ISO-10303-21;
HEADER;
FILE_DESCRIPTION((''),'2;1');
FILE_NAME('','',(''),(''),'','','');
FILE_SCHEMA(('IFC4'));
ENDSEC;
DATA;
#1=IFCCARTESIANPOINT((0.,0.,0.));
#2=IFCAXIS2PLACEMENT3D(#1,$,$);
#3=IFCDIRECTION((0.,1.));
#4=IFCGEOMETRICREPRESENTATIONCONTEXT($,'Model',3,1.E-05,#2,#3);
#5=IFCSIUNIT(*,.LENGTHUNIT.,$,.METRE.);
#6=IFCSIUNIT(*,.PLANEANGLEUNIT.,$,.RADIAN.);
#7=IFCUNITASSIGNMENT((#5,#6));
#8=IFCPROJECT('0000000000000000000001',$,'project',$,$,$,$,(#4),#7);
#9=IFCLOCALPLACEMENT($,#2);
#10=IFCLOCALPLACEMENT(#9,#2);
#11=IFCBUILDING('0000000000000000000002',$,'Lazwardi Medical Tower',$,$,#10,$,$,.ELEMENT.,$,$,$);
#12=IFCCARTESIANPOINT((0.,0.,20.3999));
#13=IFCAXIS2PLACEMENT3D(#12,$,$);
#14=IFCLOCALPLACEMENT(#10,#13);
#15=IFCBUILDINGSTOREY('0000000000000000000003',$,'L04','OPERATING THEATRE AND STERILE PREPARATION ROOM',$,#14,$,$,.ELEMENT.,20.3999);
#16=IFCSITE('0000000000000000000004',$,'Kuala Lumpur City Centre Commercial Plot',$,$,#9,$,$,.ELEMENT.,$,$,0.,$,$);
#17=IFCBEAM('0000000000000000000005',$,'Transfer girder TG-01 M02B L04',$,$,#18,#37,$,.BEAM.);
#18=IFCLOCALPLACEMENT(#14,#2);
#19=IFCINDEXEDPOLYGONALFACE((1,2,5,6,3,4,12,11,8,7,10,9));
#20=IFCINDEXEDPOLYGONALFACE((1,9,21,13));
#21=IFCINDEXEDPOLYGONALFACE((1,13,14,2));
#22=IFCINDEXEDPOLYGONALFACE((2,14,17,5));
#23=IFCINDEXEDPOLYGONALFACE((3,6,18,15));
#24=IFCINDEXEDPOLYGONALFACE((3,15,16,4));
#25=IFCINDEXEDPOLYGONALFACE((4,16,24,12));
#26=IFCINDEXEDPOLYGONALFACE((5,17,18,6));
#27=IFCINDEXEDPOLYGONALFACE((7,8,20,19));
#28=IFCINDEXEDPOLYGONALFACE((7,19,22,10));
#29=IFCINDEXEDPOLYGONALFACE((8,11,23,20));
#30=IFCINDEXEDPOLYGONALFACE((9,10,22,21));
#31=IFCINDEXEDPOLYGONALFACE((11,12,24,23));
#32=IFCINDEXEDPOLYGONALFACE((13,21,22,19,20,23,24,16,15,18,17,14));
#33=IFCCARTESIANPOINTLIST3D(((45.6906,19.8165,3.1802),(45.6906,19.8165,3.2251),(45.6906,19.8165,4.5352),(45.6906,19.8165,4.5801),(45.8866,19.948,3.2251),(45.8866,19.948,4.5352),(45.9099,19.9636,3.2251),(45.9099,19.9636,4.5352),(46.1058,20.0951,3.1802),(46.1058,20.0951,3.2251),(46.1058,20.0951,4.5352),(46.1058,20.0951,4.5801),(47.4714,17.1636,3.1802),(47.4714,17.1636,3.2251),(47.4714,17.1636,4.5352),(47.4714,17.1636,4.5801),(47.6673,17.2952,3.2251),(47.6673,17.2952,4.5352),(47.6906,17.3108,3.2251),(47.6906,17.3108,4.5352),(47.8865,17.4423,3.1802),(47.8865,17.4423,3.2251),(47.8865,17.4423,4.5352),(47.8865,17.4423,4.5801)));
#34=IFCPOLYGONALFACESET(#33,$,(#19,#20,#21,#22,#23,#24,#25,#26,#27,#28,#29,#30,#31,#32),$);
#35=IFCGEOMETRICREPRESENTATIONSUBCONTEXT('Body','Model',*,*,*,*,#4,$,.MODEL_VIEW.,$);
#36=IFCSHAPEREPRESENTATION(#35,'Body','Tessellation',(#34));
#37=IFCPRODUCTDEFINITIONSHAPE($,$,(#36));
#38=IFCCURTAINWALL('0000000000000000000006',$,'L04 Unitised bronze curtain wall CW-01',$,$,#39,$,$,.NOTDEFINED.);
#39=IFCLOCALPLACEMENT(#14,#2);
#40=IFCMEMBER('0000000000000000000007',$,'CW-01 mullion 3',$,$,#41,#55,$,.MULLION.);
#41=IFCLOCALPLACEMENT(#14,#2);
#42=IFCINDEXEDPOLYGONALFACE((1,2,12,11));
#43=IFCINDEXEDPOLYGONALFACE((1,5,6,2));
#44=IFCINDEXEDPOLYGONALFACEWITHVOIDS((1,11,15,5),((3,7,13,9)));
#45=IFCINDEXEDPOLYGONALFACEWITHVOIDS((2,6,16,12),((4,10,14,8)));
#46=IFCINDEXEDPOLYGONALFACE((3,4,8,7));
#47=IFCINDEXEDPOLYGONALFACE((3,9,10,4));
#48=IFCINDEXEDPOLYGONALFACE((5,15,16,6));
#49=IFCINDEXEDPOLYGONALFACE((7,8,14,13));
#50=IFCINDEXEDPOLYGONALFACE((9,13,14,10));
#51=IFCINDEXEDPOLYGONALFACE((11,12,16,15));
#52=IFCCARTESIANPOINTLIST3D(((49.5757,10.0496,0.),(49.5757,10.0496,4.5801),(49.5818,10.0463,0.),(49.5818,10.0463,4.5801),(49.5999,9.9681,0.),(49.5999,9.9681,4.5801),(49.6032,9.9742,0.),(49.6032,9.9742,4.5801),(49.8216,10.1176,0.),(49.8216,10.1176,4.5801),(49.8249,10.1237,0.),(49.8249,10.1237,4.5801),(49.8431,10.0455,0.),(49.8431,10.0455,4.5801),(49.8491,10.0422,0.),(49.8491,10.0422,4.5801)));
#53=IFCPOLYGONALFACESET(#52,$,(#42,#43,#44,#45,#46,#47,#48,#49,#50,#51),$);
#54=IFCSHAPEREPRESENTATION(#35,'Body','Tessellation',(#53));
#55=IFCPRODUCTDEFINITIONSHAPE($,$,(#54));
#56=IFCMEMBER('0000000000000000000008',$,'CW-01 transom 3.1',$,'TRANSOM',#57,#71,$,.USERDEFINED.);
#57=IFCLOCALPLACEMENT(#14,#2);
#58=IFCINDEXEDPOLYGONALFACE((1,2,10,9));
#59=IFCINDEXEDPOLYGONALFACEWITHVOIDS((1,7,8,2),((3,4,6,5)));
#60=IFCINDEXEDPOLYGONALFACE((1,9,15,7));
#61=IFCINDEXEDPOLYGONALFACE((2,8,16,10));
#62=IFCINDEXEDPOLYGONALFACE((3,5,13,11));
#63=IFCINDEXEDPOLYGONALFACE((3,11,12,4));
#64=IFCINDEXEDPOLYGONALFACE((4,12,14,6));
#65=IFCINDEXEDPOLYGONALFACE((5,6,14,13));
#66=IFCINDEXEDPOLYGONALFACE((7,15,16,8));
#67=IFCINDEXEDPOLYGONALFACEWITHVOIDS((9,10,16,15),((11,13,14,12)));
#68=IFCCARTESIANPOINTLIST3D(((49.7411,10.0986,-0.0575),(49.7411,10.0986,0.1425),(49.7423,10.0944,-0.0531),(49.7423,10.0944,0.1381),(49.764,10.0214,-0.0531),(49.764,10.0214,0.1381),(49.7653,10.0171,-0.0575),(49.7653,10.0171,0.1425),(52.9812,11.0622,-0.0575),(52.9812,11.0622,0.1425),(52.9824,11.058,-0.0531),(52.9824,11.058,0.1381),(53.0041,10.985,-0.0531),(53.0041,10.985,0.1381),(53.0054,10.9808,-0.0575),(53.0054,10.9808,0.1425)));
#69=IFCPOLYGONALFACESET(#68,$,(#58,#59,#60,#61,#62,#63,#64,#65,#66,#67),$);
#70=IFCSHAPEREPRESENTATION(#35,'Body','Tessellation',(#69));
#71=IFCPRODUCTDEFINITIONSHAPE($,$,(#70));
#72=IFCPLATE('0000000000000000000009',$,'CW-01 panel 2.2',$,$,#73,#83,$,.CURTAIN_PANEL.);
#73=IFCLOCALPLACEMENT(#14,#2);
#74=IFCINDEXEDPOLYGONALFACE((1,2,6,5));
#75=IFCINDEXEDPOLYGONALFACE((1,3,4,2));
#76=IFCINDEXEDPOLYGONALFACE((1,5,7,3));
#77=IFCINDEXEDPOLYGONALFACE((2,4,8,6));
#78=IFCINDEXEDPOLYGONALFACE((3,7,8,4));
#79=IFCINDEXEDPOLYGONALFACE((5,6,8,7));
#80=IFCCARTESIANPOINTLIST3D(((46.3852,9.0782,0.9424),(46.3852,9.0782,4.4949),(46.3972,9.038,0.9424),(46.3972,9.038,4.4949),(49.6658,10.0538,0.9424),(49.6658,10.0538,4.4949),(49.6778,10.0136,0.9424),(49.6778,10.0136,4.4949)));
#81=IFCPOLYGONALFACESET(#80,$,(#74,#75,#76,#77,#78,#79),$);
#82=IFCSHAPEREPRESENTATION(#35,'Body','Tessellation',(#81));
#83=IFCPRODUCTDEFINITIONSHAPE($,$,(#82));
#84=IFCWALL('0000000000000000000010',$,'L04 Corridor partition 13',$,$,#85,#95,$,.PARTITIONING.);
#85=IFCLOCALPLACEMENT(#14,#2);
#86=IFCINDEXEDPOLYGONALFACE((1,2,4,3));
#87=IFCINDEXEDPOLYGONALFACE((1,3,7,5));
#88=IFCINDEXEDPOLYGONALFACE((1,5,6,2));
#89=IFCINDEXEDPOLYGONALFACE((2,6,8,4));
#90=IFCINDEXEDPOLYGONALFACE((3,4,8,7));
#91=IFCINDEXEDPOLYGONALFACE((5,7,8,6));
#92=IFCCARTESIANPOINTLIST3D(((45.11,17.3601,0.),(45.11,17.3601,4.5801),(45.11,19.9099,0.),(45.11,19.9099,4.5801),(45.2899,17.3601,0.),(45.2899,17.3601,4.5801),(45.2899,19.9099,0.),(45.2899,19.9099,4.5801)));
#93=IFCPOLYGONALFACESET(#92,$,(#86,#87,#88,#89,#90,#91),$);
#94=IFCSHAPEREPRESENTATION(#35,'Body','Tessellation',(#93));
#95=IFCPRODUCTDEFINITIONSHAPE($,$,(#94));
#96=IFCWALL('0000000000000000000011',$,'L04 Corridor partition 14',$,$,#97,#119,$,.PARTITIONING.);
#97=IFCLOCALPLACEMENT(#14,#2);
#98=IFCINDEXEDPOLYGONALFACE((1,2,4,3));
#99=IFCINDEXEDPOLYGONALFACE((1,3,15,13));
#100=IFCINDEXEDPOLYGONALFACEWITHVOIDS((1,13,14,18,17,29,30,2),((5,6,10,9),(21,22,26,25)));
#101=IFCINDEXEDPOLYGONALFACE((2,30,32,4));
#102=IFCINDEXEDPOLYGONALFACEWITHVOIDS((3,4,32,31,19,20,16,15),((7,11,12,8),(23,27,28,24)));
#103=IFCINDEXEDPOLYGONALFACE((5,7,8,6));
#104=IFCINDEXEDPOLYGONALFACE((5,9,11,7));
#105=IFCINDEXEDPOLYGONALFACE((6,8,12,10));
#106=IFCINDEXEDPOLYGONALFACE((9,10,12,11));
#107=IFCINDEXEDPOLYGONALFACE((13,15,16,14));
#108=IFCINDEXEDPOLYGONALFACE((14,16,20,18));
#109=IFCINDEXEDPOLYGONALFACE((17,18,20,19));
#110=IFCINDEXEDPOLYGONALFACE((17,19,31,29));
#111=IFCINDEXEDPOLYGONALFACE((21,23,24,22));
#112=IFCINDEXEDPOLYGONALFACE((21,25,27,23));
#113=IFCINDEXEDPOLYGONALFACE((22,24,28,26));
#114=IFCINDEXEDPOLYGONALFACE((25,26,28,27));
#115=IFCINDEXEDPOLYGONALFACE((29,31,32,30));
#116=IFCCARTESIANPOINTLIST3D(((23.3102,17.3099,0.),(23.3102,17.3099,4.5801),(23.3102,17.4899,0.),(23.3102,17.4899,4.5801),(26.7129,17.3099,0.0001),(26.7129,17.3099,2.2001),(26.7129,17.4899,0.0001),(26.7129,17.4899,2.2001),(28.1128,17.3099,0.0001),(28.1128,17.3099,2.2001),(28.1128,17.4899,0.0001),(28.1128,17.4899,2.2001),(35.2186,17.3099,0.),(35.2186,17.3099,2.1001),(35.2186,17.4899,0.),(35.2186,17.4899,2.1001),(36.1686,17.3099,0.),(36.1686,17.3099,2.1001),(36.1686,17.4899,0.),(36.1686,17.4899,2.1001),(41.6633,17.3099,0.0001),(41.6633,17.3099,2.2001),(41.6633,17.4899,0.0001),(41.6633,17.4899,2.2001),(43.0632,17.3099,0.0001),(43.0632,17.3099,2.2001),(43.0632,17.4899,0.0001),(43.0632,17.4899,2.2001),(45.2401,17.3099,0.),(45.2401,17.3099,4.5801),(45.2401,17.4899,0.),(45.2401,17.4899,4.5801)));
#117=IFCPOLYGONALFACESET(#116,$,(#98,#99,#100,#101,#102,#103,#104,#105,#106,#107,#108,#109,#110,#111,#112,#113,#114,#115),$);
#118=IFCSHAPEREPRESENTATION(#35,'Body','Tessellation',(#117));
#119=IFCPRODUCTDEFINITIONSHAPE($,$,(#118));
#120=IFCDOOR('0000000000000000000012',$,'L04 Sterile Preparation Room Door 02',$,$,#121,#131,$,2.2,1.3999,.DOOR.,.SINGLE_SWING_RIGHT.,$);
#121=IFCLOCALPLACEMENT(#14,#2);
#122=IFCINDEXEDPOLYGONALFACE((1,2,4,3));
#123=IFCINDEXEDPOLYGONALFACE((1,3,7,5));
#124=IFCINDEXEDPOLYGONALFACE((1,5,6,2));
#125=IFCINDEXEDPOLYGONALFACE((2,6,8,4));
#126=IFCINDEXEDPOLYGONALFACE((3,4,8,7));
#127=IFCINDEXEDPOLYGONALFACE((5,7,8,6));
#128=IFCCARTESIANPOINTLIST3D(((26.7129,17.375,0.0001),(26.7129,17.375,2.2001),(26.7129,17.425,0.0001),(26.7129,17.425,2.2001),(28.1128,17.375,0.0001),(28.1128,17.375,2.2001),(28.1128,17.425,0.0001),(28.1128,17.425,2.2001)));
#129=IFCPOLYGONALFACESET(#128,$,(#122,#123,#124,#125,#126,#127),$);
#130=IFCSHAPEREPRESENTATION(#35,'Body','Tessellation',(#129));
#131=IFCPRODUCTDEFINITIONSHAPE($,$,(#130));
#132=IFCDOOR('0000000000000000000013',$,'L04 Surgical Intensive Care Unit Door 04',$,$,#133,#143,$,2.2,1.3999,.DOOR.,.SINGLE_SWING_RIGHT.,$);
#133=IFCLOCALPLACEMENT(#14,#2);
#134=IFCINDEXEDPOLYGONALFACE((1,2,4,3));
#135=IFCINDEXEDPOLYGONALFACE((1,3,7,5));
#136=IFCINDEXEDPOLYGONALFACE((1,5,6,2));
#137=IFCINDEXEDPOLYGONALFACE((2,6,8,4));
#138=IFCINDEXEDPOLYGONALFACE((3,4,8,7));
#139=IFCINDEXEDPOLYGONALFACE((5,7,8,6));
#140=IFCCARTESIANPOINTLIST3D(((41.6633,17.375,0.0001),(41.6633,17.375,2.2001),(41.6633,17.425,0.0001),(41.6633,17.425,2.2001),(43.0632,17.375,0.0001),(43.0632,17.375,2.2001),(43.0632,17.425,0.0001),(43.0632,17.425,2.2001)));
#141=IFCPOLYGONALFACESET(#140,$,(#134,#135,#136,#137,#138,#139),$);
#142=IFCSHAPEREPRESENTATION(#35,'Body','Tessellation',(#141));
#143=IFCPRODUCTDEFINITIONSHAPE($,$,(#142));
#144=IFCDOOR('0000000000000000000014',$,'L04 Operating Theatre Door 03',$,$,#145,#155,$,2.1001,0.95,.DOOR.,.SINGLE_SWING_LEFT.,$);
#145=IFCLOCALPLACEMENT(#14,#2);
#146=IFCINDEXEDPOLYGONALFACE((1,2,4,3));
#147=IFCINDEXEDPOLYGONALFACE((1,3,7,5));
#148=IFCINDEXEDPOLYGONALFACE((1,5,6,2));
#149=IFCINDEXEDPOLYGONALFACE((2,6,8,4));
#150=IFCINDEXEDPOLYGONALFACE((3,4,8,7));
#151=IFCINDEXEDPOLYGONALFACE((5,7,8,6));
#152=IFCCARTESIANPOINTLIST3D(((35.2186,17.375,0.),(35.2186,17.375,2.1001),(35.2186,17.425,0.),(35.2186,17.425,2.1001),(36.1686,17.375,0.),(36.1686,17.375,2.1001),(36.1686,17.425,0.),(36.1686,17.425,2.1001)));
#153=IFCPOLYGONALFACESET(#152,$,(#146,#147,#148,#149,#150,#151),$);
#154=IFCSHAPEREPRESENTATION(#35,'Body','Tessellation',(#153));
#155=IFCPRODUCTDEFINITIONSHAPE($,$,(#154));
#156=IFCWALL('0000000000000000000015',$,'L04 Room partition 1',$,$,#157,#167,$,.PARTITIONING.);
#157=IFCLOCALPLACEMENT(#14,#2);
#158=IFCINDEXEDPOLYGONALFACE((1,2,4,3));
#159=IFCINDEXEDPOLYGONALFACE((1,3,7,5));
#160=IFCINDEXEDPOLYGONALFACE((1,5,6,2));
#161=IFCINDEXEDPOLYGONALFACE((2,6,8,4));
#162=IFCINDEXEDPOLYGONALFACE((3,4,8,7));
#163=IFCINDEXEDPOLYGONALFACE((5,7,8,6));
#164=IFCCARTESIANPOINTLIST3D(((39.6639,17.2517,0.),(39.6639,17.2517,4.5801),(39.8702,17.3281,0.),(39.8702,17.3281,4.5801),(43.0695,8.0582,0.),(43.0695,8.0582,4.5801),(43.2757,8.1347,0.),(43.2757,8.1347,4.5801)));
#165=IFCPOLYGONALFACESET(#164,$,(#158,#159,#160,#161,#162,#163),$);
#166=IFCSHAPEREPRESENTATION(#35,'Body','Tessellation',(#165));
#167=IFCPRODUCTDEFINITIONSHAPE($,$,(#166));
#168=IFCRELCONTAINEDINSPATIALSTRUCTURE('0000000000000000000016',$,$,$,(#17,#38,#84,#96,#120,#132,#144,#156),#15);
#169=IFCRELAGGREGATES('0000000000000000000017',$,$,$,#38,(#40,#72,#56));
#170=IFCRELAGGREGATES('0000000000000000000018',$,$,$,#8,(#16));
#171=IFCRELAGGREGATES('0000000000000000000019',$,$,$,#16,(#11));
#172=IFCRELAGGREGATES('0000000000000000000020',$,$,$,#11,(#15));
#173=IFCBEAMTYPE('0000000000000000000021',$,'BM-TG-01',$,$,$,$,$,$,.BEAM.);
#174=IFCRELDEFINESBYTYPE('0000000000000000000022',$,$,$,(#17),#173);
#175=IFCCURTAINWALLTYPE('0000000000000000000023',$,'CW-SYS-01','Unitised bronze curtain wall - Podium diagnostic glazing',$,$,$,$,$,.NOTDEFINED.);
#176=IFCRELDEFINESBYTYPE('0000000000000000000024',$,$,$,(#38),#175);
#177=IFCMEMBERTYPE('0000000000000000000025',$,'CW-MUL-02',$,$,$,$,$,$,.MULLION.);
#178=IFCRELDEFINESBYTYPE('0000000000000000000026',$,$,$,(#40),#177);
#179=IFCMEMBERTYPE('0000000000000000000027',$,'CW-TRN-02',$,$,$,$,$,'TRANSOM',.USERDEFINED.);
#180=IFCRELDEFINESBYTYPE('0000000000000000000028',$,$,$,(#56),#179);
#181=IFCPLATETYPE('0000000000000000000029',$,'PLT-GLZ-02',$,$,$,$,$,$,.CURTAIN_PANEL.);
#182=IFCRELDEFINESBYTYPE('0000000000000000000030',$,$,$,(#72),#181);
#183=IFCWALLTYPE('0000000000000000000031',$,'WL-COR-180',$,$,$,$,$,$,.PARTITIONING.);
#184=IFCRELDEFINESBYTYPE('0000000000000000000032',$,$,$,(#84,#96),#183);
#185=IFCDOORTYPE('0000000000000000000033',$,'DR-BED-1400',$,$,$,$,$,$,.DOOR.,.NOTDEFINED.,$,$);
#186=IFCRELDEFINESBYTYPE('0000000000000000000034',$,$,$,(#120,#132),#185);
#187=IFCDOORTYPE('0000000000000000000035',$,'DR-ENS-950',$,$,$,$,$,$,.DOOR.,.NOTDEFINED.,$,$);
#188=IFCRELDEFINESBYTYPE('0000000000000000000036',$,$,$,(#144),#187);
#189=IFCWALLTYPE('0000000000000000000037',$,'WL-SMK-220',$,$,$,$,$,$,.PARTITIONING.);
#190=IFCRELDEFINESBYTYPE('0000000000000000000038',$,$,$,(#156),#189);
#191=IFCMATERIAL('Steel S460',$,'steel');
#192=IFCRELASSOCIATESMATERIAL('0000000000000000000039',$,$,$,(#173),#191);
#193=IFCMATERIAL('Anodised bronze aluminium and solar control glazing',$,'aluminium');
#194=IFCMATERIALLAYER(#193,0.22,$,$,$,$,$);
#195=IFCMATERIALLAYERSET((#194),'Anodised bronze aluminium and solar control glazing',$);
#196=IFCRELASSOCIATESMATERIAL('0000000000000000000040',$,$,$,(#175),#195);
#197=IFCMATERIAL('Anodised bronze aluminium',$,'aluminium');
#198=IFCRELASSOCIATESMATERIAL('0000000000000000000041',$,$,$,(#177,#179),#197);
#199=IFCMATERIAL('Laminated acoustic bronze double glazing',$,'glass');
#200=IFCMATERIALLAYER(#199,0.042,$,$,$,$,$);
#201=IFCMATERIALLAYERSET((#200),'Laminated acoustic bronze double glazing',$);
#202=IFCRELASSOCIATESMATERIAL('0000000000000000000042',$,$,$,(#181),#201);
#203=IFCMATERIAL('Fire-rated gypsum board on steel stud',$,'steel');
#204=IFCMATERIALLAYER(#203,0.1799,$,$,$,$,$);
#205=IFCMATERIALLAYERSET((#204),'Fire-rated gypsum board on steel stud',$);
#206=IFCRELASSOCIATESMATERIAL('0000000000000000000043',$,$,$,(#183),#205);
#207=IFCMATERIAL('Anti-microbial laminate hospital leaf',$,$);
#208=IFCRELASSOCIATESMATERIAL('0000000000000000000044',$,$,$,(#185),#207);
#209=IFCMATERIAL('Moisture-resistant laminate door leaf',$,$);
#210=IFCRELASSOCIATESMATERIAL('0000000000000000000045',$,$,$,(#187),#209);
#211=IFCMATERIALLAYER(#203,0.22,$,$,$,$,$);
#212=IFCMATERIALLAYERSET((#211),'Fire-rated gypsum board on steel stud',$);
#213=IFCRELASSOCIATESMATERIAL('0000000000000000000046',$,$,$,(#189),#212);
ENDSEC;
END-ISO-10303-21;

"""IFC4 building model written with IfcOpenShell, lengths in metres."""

from ifc_helpers import new_model, si_unit, direction, frame, frame_2d, origin, origin_2d, place, context, subcontext, project, spatial, rectangle, hollow_rectangle, i_section, extrude, material, layer, layer_set, material_profile, profile_set, type_object, element, fill, aggregate, save


model = new_model("IFC4")

# Units and contexts
model_context = context("Model", 3, precision=1e-05, world=origin(), true_north=direction((0.0, 1.0)))
body_context = subcontext(model_context, "Body", "Model", "MODEL_VIEW")
ifc_project = project(units=[si_unit("LENGTHUNIT", "METRE"), si_unit("PLANEANGLEUNIT", "RADIAN")], contexts=[model_context])

# Site, building, storey
site_placement = place(None, origin())
site = spatial("IfcSite", under=ifc_project, at=site_placement, Name="Kuala Lumpur City Centre Commercial Plot", CompositionType="ELEMENT", RefElevation=0.0)
building_placement = place(site_placement, origin())
building = spatial("IfcBuilding", under=site, at=building_placement, Name="Lazwardi Medical Tower", CompositionType="ELEMENT")
storey_placement = place(building_placement, frame((0.0, 0.0, 20.3999)))
storey = spatial("IfcBuildingStorey", under=building, at=storey_placement, Name="L04", Description="OPERATING THEATRE AND STERILE PREPARATION ROOM", CompositionType="ELEMENT", Elevation=20.3999)

# Beam
ifc_material_1 = material(Name="Steel S460", Category="steel")
ifc_material_profile_1 = material_profile(ifc_material_1, i_section(OverallWidth=0.5, OverallDepth=1.3999, WebThickness=0.0281, FlangeThickness=0.0449, at=origin_2d()), Name="PG 1400x500")
ifc_profile_set_1 = profile_set([ifc_material_profile_1], Name="Steel S460")
beam_type_1 = type_object("IfcBeamType", Name="BM-TG-01", PredefinedType="BEAM", material=ifc_profile_set_1)
beam_1_placement = place(storey_placement, frame((47.679, 17.303, 3.8801), z_axis=(-0.557342, 0.830283, 0.0), x_axis=(-0.830283, -0.557342, 0.0)))
element("IfcBeam", 1, at=beam_1_placement, inside=storey, type_object=beam_type_1, Name="Transfer girder TG-01 M02B L04", PredefinedType="BEAM", context=body_context, shape_type="SweptSolid", body=[
    extrude(i_section(OverallWidth=0.5, OverallDepth=1.3999, WebThickness=0.0281, FlangeThickness=0.0449, at=origin_2d()), origin(), (0.0, 0.0, 1.0), 3.1951),
])

# Curtain wall, members, plate
ifc_material_2 = material(Name="Anodised bronze aluminium and solar control glazing", Category="aluminium")
ifc_layer_1 = layer(ifc_material_2, 0.22)
ifc_layer_set_1 = layer_set([ifc_layer_1], Name="Anodised bronze aluminium and solar control glazing")
curtain_wall_type = type_object("IfcCurtainWallType", Name="CW-SYS-01", Description="Unitised bronze curtain wall - Podium diagnostic glazing", PredefinedType="NOTDEFINED", material=ifc_layer_set_1)
curtain_wall_placement = place(storey_placement, origin())
curtain_wall = element("IfcCurtainWall", 2, at=curtain_wall_placement, inside=storey, type_object=curtain_wall_type, Name="L04 Unitised bronze curtain wall CW-01", PredefinedType="NOTDEFINED")
ifc_material_3 = material(Name="Anodised bronze aluminium", Category="aluminium")
ifc_material_profile_2 = material_profile(ifc_material_3, hollow_rectangle(XDim=0.085, YDim=0.26, WallThickness=0.0049, at=origin_2d()), Name="ALU-MULLION 260x85x5")
ifc_profile_set_2 = profile_set([ifc_material_profile_2], Name="Anodised bronze aluminium")
member_type_1 = type_object("IfcMemberType", Name="CW-MUL-02", PredefinedType="MULLION", material=ifc_profile_set_2)
member_1_placement = place(storey_placement, frame((49.7124, 10.0459, 0.0), z_axis=(0.0, 0.0, 1.0), x_axis=(-0.285047, 0.958513, 0.0)))
member_1 = element("IfcMember", 3, at=member_1_placement, type_object=member_type_1, Name="CW-01 mullion 3", PredefinedType="MULLION", context=body_context, shape_type="SweptSolid", body=[
    extrude(hollow_rectangle(XDim=0.085, YDim=0.26, WallThickness=0.0049, at=origin_2d()), origin(), (0.0, 0.0, 1.0), 4.5801),
])
ifc_material_profile_3 = material_profile(ifc_material_3, hollow_rectangle(XDim=0.085, YDim=0.2, WallThickness=0.0044, at=origin_2d()), Name="ALU-TRANSOM 200x85x4.5")
ifc_profile_set_3 = profile_set([ifc_material_profile_3], Name="Anodised bronze aluminium")
member_type_2 = type_object("IfcMemberType", Name="CW-TRN-02", ElementType="TRANSOM", PredefinedType="USERDEFINED", material=ifc_profile_set_3)
member_2_placement = place(storey_placement, frame((49.7532, 10.0579, 0.0425), z_axis=(0.958505, 0.285074, 0.0), x_axis=(-0.285074, 0.958505, 0.0)))
member_2 = element("IfcMember", 4, at=member_2_placement, type_object=member_type_2, Name="CW-01 transom 3.1", ObjectType="TRANSOM", PredefinedType="USERDEFINED", context=body_context, shape_type="SweptSolid", body=[
    extrude(hollow_rectangle(XDim=0.085, YDim=0.2, WallThickness=0.0044, at=origin_2d()), origin(), (0.0, 0.0, 1.0), 3.3804),
])
ifc_material_4 = material(Name="Laminated acoustic bronze double glazing", Category="glass")
ifc_layer_2 = layer(ifc_material_4, 0.042)
ifc_layer_set_2 = layer_set([ifc_layer_2], Name="Laminated acoustic bronze double glazing")
plate_type = type_object("IfcPlateType", Name="PLT-GLZ-02", PredefinedType="CURTAIN_PANEL", material=ifc_layer_set_2)
plate_placement = place(storey_placement, frame((48.0315, 9.5459, 0.9424), z_axis=(0.0, 0.0, 1.0), x_axis=(0.958513, 0.285047, 0.0)))
plate = element("IfcPlate", 5, at=plate_placement, type_object=plate_type, Name="CW-01 panel 2.2", PredefinedType="CURTAIN_PANEL", context=body_context, shape_type="SweptSolid", body=[
    extrude(rectangle(XDim=3.4226, YDim=0.042, at=origin_2d()), origin(), (0.0, 0.0, 1.0), 3.5525),
])
aggregate(curtain_wall, [member_1, plate, member_2])

# Wall
ifc_material_5 = material(Name="Fire-rated gypsum board on steel stud", Category="steel")
ifc_layer_3 = layer(ifc_material_5, 0.1799)
ifc_layer_set_3 = layer_set([ifc_layer_3], Name="Fire-rated gypsum board on steel stud")
wall_type_1 = type_object("IfcWallType", Name="WL-COR-180", PredefinedType="PARTITIONING", material=ifc_layer_set_3)
wall_1_placement = place(storey_placement, frame((45.2, 19.9099, 0.0), z_axis=(0.0, 0.0, 1.0), x_axis=(0.0, -1.0, 0.0)))
element("IfcWall", 6, at=wall_1_placement, inside=storey, type_object=wall_type_1, Name="L04 Corridor partition 13", PredefinedType="PARTITIONING", context=body_context, shape_type="SweptSolid", body=[
    extrude(rectangle(XDim=2.5498, YDim=0.1799, at=frame_2d((1.2749, 0.0))), origin(), (0.0, 0.0, 1.0), 4.5801),
])

# Wall, openings, doors
wall_2_placement = place(storey_placement, frame((45.24, 17.3999, 0.0), z_axis=(0.0, 0.0, 1.0), x_axis=(-1.0, 0.0, 0.0)))
wall_2 = element("IfcWall", 7, at=wall_2_placement, inside=storey, type_object=wall_type_1, Name="L04 Corridor partition 14", PredefinedType="PARTITIONING", context=body_context, shape_type="SweptSolid", body=[
    extrude(rectangle(XDim=21.9299, YDim=0.1799, at=frame_2d((10.9648, 0.0))), origin(), (0.0, 0.0, 1.0), 4.5801),
])
opening_1_placement = place(wall_2_placement, frame((17.1272, 0.0, 0.0)))
opening_1 = element("IfcOpeningElement", 8, at=opening_1_placement, cuts=wall_2, PredefinedType="OPENING", context=body_context, shape_type="SweptSolid", body=[
    extrude(rectangle(XDim=1.3999, YDim=2.2, at=frame_2d((0.7, 1.1001))), frame((0.0, 0.0999, 0.0), z_axis=(0.0, -1.0, 0.0), x_axis=(1.0, 0.0, 0.0)), (0.0, 0.0, 1.0), 0.2),
])
opening_2_placement = place(wall_2_placement, frame((9.0713, 0.0, 0.0)))
opening_2 = element("IfcOpeningElement", 9, at=opening_2_placement, cuts=wall_2, PredefinedType="OPENING", context=body_context, shape_type="SweptSolid", body=[
    extrude(rectangle(XDim=0.95, YDim=2.1001, at=frame_2d((0.4751, 1.05))), frame((0.0, 0.0999, 0.0), z_axis=(0.0, -1.0, 0.0), x_axis=(1.0, 0.0, 0.0)), (0.0, 0.0, 1.0), 0.2),
])
opening_3_placement = place(wall_2_placement, frame((2.1768, 0.0, 0.0)))
opening_3 = element("IfcOpeningElement", 10, at=opening_3_placement, cuts=wall_2, PredefinedType="OPENING", context=body_context, shape_type="SweptSolid", body=[
    extrude(rectangle(XDim=1.3999, YDim=2.2, at=frame_2d((0.7, 1.1001))), frame((0.0, 0.0999, 0.0), z_axis=(0.0, -1.0, 0.0), x_axis=(1.0, 0.0, 0.0)), (0.0, 0.0, 1.0), 0.2),
])
ifc_material_6 = material(Name="Anti-microbial laminate hospital leaf")
door_type_1 = type_object("IfcDoorType", Name="DR-BED-1400", OperationType="NOTDEFINED", PredefinedType="DOOR", material=ifc_material_6)
door_1_placement = place(opening_1_placement, origin())
door_1 = element("IfcDoor", 11, at=door_1_placement, inside=storey, type_object=door_type_1, Name="L04 Sterile Preparation Room Door 02", OperationType="SINGLE_SWING_RIGHT", OverallHeight=2.2, OverallWidth=1.3999, PredefinedType="DOOR", context=body_context, shape_type="SweptSolid", body=[
    extrude(rectangle(XDim=1.3999, YDim=2.2, at=frame_2d((0.7, 1.1001))), frame((0.0, 0.0249, 0.0), z_axis=(0.0, -1.0, 0.0), x_axis=(1.0, 0.0, 0.0)), (0.0, 0.0, 1.0), 0.05),
])
fill(opening_1, door_1)
door_2_placement = place(opening_3_placement, origin())
door_2 = element("IfcDoor", 12, at=door_2_placement, inside=storey, type_object=door_type_1, Name="L04 Surgical Intensive Care Unit Door 04", OperationType="SINGLE_SWING_RIGHT", OverallHeight=2.2, OverallWidth=1.3999, PredefinedType="DOOR", context=body_context, shape_type="SweptSolid", body=[
    extrude(rectangle(XDim=1.3999, YDim=2.2, at=frame_2d((0.7, 1.1001))), frame((0.0, 0.0249, 0.0), z_axis=(0.0, -1.0, 0.0), x_axis=(1.0, 0.0, 0.0)), (0.0, 0.0, 1.0), 0.05),
])
fill(opening_3, door_2)
ifc_material_7 = material(Name="Moisture-resistant laminate door leaf")
door_type_2 = type_object("IfcDoorType", Name="DR-ENS-950", OperationType="NOTDEFINED", PredefinedType="DOOR", material=ifc_material_7)
door_3_placement = place(opening_2_placement, origin())
door_3 = element("IfcDoor", 13, at=door_3_placement, inside=storey, type_object=door_type_2, Name="L04 Operating Theatre Door 03", OperationType="SINGLE_SWING_LEFT", OverallHeight=2.1001, OverallWidth=0.95, PredefinedType="DOOR", context=body_context, shape_type="SweptSolid", body=[
    extrude(rectangle(XDim=0.95, YDim=2.1001, at=frame_2d((0.4751, 1.05))), frame((0.0, 0.0249, 0.0), z_axis=(0.0, -1.0, 0.0), x_axis=(1.0, 0.0, 0.0)), (0.0, 0.0, 1.0), 0.05),
])
fill(opening_2, door_3)

# Wall
ifc_layer_4 = layer(ifc_material_5, 0.22)
ifc_layer_set_4 = layer_set([ifc_layer_4], Name="Fire-rated gypsum board on steel stud")
wall_type_2 = type_object("IfcWallType", Name="WL-SMK-220", PredefinedType="PARTITIONING", material=ifc_layer_set_4)
wall_3_placement = place(storey_placement, frame((39.7671, 17.2898, 0.0), z_axis=(0.0, 0.0, 1.0), x_axis=(0.347365, -0.93773, 0.0)))
element("IfcWall", 14, at=wall_3_placement, inside=storey, type_object=wall_type_2, Name="L04 Room partition 1", PredefinedType="PARTITIONING", context=body_context, shape_type="SweptSolid", body=[
    extrude(rectangle(XDim=9.804, YDim=0.22, at=frame_2d((4.9019, 0.0))), origin(), (0.0, 0.0, 1.0), 4.5801),
])

save(model, "model.ifc")
